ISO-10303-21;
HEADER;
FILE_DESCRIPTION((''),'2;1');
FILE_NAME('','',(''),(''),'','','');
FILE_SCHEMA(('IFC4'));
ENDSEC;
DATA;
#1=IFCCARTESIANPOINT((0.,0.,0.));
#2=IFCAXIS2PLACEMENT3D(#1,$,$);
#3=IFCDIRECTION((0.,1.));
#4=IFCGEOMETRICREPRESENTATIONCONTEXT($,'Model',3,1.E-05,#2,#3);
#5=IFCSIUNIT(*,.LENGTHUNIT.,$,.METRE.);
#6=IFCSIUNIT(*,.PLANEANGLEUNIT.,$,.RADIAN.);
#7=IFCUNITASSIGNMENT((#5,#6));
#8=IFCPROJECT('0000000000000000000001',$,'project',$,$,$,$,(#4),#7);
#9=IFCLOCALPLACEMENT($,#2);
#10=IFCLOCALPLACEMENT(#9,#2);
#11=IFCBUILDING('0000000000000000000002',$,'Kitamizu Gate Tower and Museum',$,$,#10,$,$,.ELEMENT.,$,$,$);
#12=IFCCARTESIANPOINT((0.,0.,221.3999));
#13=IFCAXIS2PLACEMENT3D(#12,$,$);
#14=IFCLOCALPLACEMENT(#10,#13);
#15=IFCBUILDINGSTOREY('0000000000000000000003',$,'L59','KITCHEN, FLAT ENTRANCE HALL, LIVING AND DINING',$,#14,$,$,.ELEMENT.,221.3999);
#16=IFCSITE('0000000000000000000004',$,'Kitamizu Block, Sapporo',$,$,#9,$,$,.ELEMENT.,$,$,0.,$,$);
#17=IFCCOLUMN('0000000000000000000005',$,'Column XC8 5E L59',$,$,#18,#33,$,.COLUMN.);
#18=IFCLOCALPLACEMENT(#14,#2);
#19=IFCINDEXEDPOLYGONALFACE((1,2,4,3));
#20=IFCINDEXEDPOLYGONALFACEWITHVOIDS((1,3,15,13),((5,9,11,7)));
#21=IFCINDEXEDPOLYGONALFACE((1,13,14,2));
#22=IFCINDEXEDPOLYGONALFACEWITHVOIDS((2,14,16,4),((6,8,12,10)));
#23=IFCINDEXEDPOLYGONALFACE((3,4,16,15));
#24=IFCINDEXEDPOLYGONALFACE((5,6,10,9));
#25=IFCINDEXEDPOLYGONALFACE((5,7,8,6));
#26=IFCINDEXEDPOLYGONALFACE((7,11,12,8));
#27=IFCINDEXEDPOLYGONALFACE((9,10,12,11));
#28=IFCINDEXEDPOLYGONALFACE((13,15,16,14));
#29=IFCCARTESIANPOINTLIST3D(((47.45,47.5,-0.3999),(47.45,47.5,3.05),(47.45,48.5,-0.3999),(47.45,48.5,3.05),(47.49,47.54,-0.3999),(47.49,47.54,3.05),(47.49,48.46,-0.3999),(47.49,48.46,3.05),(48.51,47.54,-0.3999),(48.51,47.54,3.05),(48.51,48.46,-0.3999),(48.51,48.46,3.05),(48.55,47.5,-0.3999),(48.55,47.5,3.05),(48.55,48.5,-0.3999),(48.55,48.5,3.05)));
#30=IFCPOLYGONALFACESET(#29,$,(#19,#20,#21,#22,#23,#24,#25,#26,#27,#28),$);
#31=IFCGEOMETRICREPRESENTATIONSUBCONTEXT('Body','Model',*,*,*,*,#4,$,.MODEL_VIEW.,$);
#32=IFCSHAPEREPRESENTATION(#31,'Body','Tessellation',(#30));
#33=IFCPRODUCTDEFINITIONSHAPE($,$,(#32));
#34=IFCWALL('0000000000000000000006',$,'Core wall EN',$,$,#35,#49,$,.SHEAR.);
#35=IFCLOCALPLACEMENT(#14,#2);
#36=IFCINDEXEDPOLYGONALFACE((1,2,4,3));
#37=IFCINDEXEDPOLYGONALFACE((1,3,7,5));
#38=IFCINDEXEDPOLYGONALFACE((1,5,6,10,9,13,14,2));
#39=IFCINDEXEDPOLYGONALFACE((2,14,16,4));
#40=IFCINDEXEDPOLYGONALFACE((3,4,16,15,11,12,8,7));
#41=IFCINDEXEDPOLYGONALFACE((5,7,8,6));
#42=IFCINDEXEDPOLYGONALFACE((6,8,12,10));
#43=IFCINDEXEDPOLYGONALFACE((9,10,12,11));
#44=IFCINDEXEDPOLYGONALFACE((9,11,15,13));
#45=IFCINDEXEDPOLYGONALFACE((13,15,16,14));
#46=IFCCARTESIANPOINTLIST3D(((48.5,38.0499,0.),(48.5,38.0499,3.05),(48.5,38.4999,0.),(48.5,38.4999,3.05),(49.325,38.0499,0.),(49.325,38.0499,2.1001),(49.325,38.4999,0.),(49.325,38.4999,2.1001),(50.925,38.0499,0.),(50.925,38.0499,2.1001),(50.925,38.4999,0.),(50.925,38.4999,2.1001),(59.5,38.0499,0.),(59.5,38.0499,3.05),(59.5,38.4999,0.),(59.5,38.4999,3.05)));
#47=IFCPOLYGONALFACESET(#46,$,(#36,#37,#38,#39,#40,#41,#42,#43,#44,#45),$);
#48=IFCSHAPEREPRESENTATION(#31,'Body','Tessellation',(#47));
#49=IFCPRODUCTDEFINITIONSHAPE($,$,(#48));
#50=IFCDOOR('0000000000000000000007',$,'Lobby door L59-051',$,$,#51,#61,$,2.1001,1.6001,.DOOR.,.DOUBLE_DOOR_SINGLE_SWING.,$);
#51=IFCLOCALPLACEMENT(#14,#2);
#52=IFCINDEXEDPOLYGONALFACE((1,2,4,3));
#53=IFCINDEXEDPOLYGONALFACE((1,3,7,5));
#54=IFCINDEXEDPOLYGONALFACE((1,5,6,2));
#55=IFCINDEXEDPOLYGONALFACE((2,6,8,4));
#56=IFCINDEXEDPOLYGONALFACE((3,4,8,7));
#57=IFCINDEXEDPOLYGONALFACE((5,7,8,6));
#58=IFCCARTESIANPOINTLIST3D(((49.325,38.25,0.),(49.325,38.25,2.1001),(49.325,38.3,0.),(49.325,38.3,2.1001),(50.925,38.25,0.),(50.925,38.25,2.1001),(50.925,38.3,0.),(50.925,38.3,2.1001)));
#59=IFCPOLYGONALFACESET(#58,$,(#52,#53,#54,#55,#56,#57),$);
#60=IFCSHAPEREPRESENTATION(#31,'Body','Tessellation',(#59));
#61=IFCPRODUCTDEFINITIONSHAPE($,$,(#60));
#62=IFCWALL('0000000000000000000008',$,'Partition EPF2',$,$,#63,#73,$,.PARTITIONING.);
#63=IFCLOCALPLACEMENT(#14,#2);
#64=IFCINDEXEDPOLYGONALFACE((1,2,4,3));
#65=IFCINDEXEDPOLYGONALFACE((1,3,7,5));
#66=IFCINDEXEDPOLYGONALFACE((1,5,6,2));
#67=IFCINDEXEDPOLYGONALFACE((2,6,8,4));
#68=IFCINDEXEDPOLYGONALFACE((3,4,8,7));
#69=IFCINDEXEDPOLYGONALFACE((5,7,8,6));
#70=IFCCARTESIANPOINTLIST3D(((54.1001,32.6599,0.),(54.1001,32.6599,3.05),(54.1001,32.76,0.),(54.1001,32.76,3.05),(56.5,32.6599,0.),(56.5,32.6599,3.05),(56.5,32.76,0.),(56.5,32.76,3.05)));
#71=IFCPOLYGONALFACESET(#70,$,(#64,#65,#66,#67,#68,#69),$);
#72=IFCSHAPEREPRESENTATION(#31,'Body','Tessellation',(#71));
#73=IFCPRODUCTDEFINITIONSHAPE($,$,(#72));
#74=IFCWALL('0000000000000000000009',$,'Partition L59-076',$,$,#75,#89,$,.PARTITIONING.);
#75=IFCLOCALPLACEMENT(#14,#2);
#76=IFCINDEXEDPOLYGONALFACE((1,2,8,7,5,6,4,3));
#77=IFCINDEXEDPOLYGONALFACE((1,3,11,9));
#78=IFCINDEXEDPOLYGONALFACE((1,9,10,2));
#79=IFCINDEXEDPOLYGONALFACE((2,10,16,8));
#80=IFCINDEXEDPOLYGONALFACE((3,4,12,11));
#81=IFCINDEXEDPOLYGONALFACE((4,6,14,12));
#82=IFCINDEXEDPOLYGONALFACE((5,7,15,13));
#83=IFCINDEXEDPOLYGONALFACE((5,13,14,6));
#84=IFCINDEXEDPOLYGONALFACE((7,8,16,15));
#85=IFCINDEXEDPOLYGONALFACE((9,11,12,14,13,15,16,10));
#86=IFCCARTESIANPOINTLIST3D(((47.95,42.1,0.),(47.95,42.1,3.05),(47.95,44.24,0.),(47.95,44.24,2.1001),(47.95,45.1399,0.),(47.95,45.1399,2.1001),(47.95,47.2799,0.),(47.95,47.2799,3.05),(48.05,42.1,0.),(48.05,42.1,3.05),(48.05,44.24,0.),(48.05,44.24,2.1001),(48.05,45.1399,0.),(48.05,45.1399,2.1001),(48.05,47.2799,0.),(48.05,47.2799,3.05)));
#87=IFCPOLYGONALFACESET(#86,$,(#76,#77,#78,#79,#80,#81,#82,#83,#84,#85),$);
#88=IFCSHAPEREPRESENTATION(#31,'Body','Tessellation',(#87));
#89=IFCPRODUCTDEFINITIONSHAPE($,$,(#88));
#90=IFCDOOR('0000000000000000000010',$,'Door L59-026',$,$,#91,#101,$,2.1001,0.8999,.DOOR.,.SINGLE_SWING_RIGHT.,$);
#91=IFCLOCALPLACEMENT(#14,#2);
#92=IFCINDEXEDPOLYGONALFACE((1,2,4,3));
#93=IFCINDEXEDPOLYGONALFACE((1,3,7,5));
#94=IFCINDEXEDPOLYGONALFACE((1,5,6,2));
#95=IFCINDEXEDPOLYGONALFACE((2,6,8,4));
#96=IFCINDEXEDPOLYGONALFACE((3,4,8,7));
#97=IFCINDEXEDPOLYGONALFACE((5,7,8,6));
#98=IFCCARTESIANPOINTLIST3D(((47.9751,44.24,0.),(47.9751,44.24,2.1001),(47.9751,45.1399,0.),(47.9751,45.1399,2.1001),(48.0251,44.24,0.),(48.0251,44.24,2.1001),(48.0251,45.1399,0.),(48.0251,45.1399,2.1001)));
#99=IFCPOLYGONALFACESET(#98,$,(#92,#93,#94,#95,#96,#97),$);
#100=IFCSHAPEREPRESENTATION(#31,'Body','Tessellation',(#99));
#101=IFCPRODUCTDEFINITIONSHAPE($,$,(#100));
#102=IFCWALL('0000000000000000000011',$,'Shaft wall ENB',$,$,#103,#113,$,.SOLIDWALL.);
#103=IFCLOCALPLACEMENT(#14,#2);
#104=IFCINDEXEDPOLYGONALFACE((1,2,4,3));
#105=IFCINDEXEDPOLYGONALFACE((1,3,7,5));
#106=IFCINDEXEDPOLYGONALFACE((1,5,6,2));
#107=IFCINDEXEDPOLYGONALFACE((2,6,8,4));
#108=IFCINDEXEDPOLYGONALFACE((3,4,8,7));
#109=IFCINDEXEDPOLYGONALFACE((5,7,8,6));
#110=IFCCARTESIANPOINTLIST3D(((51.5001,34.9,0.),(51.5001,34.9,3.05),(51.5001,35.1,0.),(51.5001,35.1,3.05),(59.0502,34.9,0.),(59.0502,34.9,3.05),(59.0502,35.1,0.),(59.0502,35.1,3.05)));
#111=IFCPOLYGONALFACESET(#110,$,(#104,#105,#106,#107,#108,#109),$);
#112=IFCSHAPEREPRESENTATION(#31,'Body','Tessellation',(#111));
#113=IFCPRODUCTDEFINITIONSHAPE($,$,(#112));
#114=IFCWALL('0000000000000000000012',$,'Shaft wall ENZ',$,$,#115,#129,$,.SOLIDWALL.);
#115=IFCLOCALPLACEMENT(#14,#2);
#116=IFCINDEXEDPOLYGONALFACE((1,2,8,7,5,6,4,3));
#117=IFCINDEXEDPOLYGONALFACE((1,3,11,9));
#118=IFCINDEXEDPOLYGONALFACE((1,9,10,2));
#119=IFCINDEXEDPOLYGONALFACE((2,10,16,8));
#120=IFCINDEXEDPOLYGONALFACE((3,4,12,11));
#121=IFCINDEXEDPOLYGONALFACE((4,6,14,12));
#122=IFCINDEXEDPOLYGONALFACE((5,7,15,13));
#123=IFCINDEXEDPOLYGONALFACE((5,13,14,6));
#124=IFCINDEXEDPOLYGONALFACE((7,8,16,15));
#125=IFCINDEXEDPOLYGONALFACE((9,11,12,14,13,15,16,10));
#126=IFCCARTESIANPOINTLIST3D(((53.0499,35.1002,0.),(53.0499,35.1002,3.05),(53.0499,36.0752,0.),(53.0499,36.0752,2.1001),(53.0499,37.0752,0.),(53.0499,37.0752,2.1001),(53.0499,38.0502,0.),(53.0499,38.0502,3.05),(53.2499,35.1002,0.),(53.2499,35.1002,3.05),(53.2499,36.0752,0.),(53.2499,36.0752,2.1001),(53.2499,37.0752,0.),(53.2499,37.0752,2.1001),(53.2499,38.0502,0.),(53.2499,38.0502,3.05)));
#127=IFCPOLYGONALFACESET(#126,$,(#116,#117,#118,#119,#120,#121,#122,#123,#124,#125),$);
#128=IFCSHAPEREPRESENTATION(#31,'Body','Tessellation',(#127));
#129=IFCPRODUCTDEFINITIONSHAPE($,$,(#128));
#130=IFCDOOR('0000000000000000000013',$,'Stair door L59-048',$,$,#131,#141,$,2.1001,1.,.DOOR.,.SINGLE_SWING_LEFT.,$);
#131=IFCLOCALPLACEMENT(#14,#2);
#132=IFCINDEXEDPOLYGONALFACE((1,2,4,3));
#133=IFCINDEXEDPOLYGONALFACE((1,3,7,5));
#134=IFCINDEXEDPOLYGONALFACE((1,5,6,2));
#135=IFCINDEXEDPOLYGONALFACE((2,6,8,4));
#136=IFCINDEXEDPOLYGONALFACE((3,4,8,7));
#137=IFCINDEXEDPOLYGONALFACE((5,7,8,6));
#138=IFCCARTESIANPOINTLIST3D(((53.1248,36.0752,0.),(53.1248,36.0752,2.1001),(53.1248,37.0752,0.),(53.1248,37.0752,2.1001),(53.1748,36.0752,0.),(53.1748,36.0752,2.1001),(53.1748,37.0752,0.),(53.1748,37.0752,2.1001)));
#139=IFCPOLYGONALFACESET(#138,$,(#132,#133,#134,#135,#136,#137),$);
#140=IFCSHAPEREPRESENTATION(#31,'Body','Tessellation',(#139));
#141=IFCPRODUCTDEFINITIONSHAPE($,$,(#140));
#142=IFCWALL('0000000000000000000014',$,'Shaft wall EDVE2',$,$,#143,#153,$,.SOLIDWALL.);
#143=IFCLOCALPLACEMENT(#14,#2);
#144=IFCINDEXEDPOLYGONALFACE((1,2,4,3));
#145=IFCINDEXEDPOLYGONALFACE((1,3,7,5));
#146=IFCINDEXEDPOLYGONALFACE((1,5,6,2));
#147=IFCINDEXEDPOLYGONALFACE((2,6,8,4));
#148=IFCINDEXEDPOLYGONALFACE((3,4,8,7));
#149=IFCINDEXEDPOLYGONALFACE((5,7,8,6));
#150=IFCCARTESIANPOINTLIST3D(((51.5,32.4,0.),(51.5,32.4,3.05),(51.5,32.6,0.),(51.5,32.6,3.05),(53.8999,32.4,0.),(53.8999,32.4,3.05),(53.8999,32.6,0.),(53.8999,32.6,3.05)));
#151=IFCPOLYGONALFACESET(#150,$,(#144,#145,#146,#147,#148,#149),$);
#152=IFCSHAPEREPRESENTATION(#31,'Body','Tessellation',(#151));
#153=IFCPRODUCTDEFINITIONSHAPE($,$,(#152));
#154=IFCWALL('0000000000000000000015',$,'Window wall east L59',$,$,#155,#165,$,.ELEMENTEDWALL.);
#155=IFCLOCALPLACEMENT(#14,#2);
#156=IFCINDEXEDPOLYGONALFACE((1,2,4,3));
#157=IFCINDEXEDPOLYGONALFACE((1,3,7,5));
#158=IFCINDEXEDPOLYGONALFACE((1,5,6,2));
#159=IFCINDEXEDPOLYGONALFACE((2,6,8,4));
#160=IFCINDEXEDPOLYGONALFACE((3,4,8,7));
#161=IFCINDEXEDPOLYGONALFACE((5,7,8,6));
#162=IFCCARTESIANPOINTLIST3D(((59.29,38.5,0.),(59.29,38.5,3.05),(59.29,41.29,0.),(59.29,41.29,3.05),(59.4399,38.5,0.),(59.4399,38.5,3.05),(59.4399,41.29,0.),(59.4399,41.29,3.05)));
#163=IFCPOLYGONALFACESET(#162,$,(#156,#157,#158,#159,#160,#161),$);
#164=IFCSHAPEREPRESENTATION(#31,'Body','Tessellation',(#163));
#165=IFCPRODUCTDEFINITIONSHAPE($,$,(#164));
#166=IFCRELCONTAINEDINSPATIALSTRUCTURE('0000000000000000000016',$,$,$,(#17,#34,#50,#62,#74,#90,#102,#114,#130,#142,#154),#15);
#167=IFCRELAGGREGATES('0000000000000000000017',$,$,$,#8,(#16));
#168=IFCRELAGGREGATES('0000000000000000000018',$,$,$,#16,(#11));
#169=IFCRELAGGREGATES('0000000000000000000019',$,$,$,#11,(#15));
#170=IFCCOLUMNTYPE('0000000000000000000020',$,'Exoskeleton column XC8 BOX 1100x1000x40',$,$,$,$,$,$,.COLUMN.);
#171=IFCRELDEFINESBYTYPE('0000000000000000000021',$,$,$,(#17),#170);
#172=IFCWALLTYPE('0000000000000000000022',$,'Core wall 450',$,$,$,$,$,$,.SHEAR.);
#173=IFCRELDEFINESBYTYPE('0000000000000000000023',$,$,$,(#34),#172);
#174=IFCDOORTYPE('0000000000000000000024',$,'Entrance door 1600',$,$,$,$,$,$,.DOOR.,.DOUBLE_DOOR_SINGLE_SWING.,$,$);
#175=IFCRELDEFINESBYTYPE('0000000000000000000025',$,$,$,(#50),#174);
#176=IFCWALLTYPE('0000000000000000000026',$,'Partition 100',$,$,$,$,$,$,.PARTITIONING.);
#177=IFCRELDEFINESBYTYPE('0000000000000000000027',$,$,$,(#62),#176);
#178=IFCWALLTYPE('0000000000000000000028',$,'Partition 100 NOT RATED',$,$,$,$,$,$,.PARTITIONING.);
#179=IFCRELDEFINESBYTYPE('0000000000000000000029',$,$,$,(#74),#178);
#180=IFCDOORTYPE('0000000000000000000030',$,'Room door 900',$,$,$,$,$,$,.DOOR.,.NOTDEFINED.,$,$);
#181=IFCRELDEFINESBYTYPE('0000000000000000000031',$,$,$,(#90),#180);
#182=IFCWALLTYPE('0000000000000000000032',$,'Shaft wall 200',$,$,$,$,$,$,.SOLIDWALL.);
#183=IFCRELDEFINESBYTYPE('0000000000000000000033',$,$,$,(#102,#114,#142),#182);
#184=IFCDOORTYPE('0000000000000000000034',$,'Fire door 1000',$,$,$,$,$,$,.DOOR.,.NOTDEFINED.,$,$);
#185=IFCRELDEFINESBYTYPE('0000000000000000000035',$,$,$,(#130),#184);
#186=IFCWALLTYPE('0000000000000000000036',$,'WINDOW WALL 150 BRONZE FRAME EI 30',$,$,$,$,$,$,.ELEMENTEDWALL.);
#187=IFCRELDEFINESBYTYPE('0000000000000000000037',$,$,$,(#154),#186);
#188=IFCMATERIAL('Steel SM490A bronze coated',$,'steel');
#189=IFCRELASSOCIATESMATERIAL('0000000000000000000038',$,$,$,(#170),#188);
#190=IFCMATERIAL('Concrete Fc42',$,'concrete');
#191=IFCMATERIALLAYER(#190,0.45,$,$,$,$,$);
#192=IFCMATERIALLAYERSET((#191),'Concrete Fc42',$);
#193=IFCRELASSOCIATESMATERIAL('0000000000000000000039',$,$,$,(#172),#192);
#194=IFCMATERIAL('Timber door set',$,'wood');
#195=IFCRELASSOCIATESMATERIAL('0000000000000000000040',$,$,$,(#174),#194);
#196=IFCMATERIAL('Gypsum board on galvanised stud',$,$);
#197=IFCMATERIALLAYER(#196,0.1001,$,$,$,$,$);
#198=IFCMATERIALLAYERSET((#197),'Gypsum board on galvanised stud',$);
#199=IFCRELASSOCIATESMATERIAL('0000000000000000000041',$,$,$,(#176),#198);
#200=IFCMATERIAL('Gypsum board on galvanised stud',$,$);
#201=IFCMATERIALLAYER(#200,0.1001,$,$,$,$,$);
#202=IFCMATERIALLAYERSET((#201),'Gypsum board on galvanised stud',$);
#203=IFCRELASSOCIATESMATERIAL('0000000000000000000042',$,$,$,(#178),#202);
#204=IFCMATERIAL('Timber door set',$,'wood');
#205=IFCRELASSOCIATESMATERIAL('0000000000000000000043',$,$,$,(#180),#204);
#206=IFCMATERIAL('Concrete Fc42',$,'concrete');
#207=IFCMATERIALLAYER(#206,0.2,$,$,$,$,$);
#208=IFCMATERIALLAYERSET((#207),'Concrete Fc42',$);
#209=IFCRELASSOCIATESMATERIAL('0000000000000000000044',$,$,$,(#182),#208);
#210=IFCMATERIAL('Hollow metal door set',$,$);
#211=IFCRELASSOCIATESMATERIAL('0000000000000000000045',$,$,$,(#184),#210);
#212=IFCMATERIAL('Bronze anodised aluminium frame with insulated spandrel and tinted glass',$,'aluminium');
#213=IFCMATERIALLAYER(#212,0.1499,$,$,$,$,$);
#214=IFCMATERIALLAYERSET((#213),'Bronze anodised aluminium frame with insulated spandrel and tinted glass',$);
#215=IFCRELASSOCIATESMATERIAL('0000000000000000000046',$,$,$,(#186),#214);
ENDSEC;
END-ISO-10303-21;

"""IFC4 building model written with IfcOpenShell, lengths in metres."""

from ifc_helpers import new_model, si_unit, direction, frame, frame_2d, origin, origin_2d, place, context, subcontext, project, spatial, rectangle, hollow_rectangle, extrude, material, layer, layer_set, material_profile, profile_set, type_object, element, fill, save


model = new_model("IFC4")

# Units and contexts
model_context = context("Model", 3, precision=1e-05, world=origin(), true_north=direction((0.0, 1.0)))
body_context = subcontext(model_context, "Body", "Model", "MODEL_VIEW")
ifc_project = project(units=[si_unit("LENGTHUNIT", "METRE"), si_unit("PLANEANGLEUNIT", "RADIAN")], contexts=[model_context])

# Site, building, storey
site_placement = place(None, origin())
site = spatial("IfcSite", under=ifc_project, at=site_placement, Name="Kitamizu Block, Sapporo", CompositionType="ELEMENT", RefElevation=0.0)
building_placement = place(site_placement, origin())
building = spatial("IfcBuilding", under=site, at=building_placement, Name="Kitamizu Gate Tower and Museum", CompositionType="ELEMENT")
storey_placement = place(building_placement, frame((0.0, 0.0, 221.3999)))
storey = spatial("IfcBuildingStorey", under=building, at=storey_placement, Name="L59", Description="KITCHEN, FLAT ENTRANCE HALL, LIVING AND DINING", CompositionType="ELEMENT", Elevation=221.3999)

# Column
ifc_material_1 = material(Name="Steel SM490A bronze coated", Category="steel")
ifc_material_profile = material_profile(ifc_material_1, hollow_rectangle(XDim=1.1001, YDim=1.0, WallThickness=0.04, at=origin_2d()), Name="BOX 1100x1000x40")
ifc_profile_set = profile_set([ifc_material_profile], Name="Steel SM490A bronze coated")
column_type = type_object("IfcColumnType", Name="Exoskeleton column XC8 BOX 1100x1000x40", PredefinedType="COLUMN", material=ifc_profile_set)
column_placement = place(storey_placement, frame((48.0, 48.0, -0.3999), z_axis=(0.0, 0.0, 1.0), x_axis=(1.0, 0.0, 0.0)))
element("IfcColumn", 1, at=column_placement, inside=storey, type_object=column_type, Name="Column XC8 5E L59", PredefinedType="COLUMN", context=body_context, shape_type="SweptSolid", body=[
    extrude(hollow_rectangle(XDim=1.1001, YDim=1.0, WallThickness=0.04, at=origin_2d()), origin(), (0.0, 0.0, 1.0), 3.45),
])

# Wall, opening, door
ifc_material_2 = material(Name="Concrete Fc42", Category="concrete")
ifc_layer_1 = layer(ifc_material_2, 0.45)
ifc_layer_set_1 = layer_set([ifc_layer_1], Name="Concrete Fc42")
wall_type_1 = type_object("IfcWallType", Name="Core wall 450", PredefinedType="SHEAR", material=ifc_layer_set_1)
wall_1_placement = place(storey_placement, frame((59.5, 38.2749, 0.0), z_axis=(0.0, 0.0, 1.0), x_axis=(-1.0, 0.0, 0.0)))
wall_1 = element("IfcWall", 2, at=wall_1_placement, inside=storey, type_object=wall_type_1, Name="Core wall EN", PredefinedType="SHEAR", context=body_context, shape_type="SweptSolid", body=[
    extrude(rectangle(XDim=11.0, YDim=0.45, at=frame_2d((5.5, 0.0))), origin(), (0.0, 0.0, 1.0), 3.05),
])
opening_1_placement = place(wall_1_placement, frame((8.575, 0.0, 0.0)))
opening_1 = element("IfcOpeningElement", 3, at=opening_1_placement, cuts=wall_1, PredefinedType="OPENING", context=body_context, shape_type="SweptSolid", body=[
    extrude(rectangle(XDim=1.6001, YDim=2.1001, at=frame_2d((0.8, 1.05))), frame((0.0, 0.2349, 0.0), z_axis=(0.0, -1.0, 0.0), x_axis=(1.0, 0.0, 0.0)), (0.0, 0.0, 1.0), 0.47),
])
ifc_material_3 = material(Name="Timber door set", Category="wood")
door_type_1 = type_object("IfcDoorType", Name="Entrance door 1600", OperationType="DOUBLE_DOOR_SINGLE_SWING", PredefinedType="DOOR", material=ifc_material_3)
door_1_placement = place(opening_1_placement, origin())
door_1 = element("IfcDoor", 4, at=door_1_placement, inside=storey, type_object=door_type_1, Name="Lobby door L59-051", OperationType="DOUBLE_DOOR_SINGLE_SWING", OverallHeight=2.1001, OverallWidth=1.6001, PredefinedType="DOOR", context=body_context, shape_type="SweptSolid", body=[
    extrude(rectangle(XDim=1.6001, YDim=2.1001, at=frame_2d((0.8, 1.05))), frame((0.0, 0.0249, 0.0), z_axis=(0.0, -1.0, 0.0), x_axis=(1.0, 0.0, 0.0)), (0.0, 0.0, 1.0), 0.05),
])
fill(opening_1, door_1)

# Wall
ifc_material_4 = material(Name="Gypsum board on galvanised stud")
ifc_layer_2 = layer(ifc_material_4, 0.1001)
ifc_layer_set_2 = layer_set([ifc_layer_2], Name="Gypsum board on galvanised stud")
wall_type_2 = type_object("IfcWallType", Name="Partition 100", PredefinedType="PARTITIONING", material=ifc_layer_set_2)
wall_2_placement = place(storey_placement, frame((56.5, 32.71, 0.0), z_axis=(0.0, 0.0, 1.0), x_axis=(-1.0, 0.0, 0.0)))
element("IfcWall", 5, at=wall_2_placement, inside=storey, type_object=wall_type_2, Name="Partition EPF2", PredefinedType="PARTITIONING", context=body_context, shape_type="SweptSolid", body=[
    extrude(rectangle(XDim=2.3999, YDim=0.1001, at=frame_2d((1.2, 0.0))), origin(), (0.0, 0.0, 1.0), 3.05),
])

# Wall, opening, door
ifc_material_5 = material(Name="Gypsum board on galvanised stud")
ifc_layer_3 = layer(ifc_material_5, 0.1001)
ifc_layer_set_3 = layer_set([ifc_layer_3], Name="Gypsum board on galvanised stud")
wall_type_3 = type_object("IfcWallType", Name="Partition 100 NOT RATED", PredefinedType="PARTITIONING", material=ifc_layer_set_3)
wall_3_placement = place(storey_placement, frame((48.0, 42.1001, 0.0), z_axis=(0.0, 0.0, 1.0), x_axis=(0.0, 1.0, 0.0)))
wall_3 = element("IfcWall", 6, at=wall_3_placement, inside=storey, type_object=wall_type_3, Name="Partition L59-076", PredefinedType="PARTITIONING", context=body_context, shape_type="SweptSolid", body=[
    extrude(rectangle(XDim=5.1799, YDim=0.1001, at=frame_2d((2.5898, 0.0))), origin(), (0.0, 0.0, 1.0), 3.05),
])
opening_2_placement = place(wall_3_placement, frame((2.1399, 0.0, 0.0)))
opening_2 = element("IfcOpeningElement", 7, at=opening_2_placement, cuts=wall_3, PredefinedType="OPENING", context=body_context, shape_type="SweptSolid", body=[
    extrude(rectangle(XDim=0.8999, YDim=2.1001, at=frame_2d((0.45, 1.05))), frame((0.0, 0.0601, 0.0), z_axis=(0.0, -1.0, 0.0), x_axis=(1.0, 0.0, 0.0)), (0.0, 0.0, 1.0), 0.1201),
])
ifc_material_6 = material(Name="Timber door set", Category="wood")
door_type_2 = type_object("IfcDoorType", Name="Room door 900", OperationType="NOTDEFINED", PredefinedType="DOOR", material=ifc_material_6)
door_2_placement = place(opening_2_placement, origin())
door_2 = element("IfcDoor", 8, at=door_2_placement, inside=storey, type_object=door_type_2, Name="Door L59-026", OperationType="SINGLE_SWING_RIGHT", OverallHeight=2.1001, OverallWidth=0.8999, PredefinedType="DOOR", context=body_context, shape_type="SweptSolid", body=[
    extrude(rectangle(XDim=0.8999, YDim=2.1001, at=frame_2d((0.45, 1.05))), frame((0.0, 0.0249, 0.0), z_axis=(0.0, -1.0, 0.0), x_axis=(1.0, 0.0, 0.0)), (0.0, 0.0, 1.0), 0.05),
])
fill(opening_2, door_2)

# Wall
ifc_material_7 = material(Name="Concrete Fc42", Category="concrete")
ifc_layer_4 = layer(ifc_material_7, 0.2)
ifc_layer_set_4 = layer_set([ifc_layer_4], Name="Concrete Fc42")
wall_type_4 = type_object("IfcWallType", Name="Shaft wall 200", PredefinedType="SOLIDWALL", material=ifc_layer_set_4)
wall_4_placement = place(storey_placement, frame((59.05, 35.0, 0.0), z_axis=(0.0, 0.0, 1.0), x_axis=(-1.0, 0.0, 0.0)))
element("IfcWall", 9, at=wall_4_placement, inside=storey, type_object=wall_type_4, Name="Shaft wall ENB", PredefinedType="SOLIDWALL", context=body_context, shape_type="SweptSolid", body=[
    extrude(rectangle(XDim=7.55, YDim=0.2, at=frame_2d((3.7749, 0.0))), origin(), (0.0, 0.0, 1.0), 3.05),
])

# Wall, opening, door
wall_5_placement = place(storey_placement, frame((53.1499, 35.1001, 0.0), z_axis=(0.0, 0.0, 1.0), x_axis=(0.0, 1.0, 0.0)))
wall_5 = element("IfcWall", 10, at=wall_5_placement, inside=storey, type_object=wall_type_4, Name="Shaft wall ENZ", PredefinedType="SOLIDWALL", context=body_context, shape_type="SweptSolid", body=[
    extrude(rectangle(XDim=2.95, YDim=0.2, at=frame_2d((1.4751, 0.0))), origin(), (0.0, 0.0, 1.0), 3.05),
])
opening_3_placement = place(wall_5_placement, frame((0.9751, 0.0, 0.0)))
opening_3 = element("IfcOpeningElement", 11, at=opening_3_placement, cuts=wall_5, PredefinedType="OPENING", context=body_context, shape_type="SweptSolid", body=[
    extrude(rectangle(XDim=1.0, YDim=2.1001, at=frame_2d((0.5, 1.05))), frame((0.0, 0.1099, 0.0), z_axis=(0.0, -1.0, 0.0), x_axis=(1.0, 0.0, 0.0)), (0.0, 0.0, 1.0), 0.22),
])
ifc_material_8 = material(Name="Hollow metal door set")
door_type_3 = type_object("IfcDoorType", Name="Fire door 1000", OperationType="NOTDEFINED", PredefinedType="DOOR", material=ifc_material_8)
door_3_placement = place(opening_3_placement, frame((1.0, 0.0, 0.0), x_axis=(-1.0, 0.0, 0.0)))
door_3 = element("IfcDoor", 12, at=door_3_placement, inside=storey, type_object=door_type_3, Name="Stair door L59-048", OperationType="SINGLE_SWING_LEFT", OverallHeight=2.1001, OverallWidth=1.0, PredefinedType="DOOR", context=body_context, shape_type="SweptSolid", body=[
    extrude(rectangle(XDim=1.0, YDim=2.1001, at=frame_2d((0.5, 1.05))), frame((0.0, 0.0249, 0.0), z_axis=(0.0, -1.0, 0.0), x_axis=(1.0, 0.0, 0.0)), (0.0, 0.0, 1.0), 0.05),
])
fill(opening_3, door_3)

# Walls
wall_6_placement = place(storey_placement, frame((53.8999, 32.5, 0.0), z_axis=(0.0, 0.0, 1.0), x_axis=(-1.0, 0.0, 0.0)))
element("IfcWall", 13, at=wall_6_placement, inside=storey, type_object=wall_type_4, Name="Shaft wall EDVE2", PredefinedType="SOLIDWALL", context=body_context, shape_type="SweptSolid", body=[
    extrude(rectangle(XDim=2.3999, YDim=0.2, at=frame_2d((1.2, 0.0))), origin(), (0.0, 0.0, 1.0), 3.05),
])
ifc_material_9 = material(Name="Bronze anodised aluminium frame with insulated spandrel and tinted glass", Category="aluminium")
ifc_layer_5 = layer(ifc_material_9, 0.1499)
ifc_layer_set_5 = layer_set([ifc_layer_5], Name="Bronze anodised aluminium frame with insulated spandrel and tinted glass")
wall_type_5 = type_object("IfcWallType", Name="WINDOW WALL 150 BRONZE FRAME EI 30", PredefinedType="ELEMENTEDWALL", material=ifc_layer_set_5)
wall_7_placement = place(storey_placement, frame((59.365, 38.5, 0.0), z_axis=(0.0, 0.0, 1.0), x_axis=(0.0, 1.0, 0.0)))
element("IfcWall", 14, at=wall_7_placement, inside=storey, type_object=wall_type_5, Name="Window wall east L59", PredefinedType="ELEMENTEDWALL", context=body_context, shape_type="SweptSolid", body=[
    extrude(rectangle(XDim=2.79, YDim=0.1499, at=frame_2d((1.395, 0.0))), origin(), (0.0, 0.0, 1.0), 3.05),
])

save(model, "model.ifc")
